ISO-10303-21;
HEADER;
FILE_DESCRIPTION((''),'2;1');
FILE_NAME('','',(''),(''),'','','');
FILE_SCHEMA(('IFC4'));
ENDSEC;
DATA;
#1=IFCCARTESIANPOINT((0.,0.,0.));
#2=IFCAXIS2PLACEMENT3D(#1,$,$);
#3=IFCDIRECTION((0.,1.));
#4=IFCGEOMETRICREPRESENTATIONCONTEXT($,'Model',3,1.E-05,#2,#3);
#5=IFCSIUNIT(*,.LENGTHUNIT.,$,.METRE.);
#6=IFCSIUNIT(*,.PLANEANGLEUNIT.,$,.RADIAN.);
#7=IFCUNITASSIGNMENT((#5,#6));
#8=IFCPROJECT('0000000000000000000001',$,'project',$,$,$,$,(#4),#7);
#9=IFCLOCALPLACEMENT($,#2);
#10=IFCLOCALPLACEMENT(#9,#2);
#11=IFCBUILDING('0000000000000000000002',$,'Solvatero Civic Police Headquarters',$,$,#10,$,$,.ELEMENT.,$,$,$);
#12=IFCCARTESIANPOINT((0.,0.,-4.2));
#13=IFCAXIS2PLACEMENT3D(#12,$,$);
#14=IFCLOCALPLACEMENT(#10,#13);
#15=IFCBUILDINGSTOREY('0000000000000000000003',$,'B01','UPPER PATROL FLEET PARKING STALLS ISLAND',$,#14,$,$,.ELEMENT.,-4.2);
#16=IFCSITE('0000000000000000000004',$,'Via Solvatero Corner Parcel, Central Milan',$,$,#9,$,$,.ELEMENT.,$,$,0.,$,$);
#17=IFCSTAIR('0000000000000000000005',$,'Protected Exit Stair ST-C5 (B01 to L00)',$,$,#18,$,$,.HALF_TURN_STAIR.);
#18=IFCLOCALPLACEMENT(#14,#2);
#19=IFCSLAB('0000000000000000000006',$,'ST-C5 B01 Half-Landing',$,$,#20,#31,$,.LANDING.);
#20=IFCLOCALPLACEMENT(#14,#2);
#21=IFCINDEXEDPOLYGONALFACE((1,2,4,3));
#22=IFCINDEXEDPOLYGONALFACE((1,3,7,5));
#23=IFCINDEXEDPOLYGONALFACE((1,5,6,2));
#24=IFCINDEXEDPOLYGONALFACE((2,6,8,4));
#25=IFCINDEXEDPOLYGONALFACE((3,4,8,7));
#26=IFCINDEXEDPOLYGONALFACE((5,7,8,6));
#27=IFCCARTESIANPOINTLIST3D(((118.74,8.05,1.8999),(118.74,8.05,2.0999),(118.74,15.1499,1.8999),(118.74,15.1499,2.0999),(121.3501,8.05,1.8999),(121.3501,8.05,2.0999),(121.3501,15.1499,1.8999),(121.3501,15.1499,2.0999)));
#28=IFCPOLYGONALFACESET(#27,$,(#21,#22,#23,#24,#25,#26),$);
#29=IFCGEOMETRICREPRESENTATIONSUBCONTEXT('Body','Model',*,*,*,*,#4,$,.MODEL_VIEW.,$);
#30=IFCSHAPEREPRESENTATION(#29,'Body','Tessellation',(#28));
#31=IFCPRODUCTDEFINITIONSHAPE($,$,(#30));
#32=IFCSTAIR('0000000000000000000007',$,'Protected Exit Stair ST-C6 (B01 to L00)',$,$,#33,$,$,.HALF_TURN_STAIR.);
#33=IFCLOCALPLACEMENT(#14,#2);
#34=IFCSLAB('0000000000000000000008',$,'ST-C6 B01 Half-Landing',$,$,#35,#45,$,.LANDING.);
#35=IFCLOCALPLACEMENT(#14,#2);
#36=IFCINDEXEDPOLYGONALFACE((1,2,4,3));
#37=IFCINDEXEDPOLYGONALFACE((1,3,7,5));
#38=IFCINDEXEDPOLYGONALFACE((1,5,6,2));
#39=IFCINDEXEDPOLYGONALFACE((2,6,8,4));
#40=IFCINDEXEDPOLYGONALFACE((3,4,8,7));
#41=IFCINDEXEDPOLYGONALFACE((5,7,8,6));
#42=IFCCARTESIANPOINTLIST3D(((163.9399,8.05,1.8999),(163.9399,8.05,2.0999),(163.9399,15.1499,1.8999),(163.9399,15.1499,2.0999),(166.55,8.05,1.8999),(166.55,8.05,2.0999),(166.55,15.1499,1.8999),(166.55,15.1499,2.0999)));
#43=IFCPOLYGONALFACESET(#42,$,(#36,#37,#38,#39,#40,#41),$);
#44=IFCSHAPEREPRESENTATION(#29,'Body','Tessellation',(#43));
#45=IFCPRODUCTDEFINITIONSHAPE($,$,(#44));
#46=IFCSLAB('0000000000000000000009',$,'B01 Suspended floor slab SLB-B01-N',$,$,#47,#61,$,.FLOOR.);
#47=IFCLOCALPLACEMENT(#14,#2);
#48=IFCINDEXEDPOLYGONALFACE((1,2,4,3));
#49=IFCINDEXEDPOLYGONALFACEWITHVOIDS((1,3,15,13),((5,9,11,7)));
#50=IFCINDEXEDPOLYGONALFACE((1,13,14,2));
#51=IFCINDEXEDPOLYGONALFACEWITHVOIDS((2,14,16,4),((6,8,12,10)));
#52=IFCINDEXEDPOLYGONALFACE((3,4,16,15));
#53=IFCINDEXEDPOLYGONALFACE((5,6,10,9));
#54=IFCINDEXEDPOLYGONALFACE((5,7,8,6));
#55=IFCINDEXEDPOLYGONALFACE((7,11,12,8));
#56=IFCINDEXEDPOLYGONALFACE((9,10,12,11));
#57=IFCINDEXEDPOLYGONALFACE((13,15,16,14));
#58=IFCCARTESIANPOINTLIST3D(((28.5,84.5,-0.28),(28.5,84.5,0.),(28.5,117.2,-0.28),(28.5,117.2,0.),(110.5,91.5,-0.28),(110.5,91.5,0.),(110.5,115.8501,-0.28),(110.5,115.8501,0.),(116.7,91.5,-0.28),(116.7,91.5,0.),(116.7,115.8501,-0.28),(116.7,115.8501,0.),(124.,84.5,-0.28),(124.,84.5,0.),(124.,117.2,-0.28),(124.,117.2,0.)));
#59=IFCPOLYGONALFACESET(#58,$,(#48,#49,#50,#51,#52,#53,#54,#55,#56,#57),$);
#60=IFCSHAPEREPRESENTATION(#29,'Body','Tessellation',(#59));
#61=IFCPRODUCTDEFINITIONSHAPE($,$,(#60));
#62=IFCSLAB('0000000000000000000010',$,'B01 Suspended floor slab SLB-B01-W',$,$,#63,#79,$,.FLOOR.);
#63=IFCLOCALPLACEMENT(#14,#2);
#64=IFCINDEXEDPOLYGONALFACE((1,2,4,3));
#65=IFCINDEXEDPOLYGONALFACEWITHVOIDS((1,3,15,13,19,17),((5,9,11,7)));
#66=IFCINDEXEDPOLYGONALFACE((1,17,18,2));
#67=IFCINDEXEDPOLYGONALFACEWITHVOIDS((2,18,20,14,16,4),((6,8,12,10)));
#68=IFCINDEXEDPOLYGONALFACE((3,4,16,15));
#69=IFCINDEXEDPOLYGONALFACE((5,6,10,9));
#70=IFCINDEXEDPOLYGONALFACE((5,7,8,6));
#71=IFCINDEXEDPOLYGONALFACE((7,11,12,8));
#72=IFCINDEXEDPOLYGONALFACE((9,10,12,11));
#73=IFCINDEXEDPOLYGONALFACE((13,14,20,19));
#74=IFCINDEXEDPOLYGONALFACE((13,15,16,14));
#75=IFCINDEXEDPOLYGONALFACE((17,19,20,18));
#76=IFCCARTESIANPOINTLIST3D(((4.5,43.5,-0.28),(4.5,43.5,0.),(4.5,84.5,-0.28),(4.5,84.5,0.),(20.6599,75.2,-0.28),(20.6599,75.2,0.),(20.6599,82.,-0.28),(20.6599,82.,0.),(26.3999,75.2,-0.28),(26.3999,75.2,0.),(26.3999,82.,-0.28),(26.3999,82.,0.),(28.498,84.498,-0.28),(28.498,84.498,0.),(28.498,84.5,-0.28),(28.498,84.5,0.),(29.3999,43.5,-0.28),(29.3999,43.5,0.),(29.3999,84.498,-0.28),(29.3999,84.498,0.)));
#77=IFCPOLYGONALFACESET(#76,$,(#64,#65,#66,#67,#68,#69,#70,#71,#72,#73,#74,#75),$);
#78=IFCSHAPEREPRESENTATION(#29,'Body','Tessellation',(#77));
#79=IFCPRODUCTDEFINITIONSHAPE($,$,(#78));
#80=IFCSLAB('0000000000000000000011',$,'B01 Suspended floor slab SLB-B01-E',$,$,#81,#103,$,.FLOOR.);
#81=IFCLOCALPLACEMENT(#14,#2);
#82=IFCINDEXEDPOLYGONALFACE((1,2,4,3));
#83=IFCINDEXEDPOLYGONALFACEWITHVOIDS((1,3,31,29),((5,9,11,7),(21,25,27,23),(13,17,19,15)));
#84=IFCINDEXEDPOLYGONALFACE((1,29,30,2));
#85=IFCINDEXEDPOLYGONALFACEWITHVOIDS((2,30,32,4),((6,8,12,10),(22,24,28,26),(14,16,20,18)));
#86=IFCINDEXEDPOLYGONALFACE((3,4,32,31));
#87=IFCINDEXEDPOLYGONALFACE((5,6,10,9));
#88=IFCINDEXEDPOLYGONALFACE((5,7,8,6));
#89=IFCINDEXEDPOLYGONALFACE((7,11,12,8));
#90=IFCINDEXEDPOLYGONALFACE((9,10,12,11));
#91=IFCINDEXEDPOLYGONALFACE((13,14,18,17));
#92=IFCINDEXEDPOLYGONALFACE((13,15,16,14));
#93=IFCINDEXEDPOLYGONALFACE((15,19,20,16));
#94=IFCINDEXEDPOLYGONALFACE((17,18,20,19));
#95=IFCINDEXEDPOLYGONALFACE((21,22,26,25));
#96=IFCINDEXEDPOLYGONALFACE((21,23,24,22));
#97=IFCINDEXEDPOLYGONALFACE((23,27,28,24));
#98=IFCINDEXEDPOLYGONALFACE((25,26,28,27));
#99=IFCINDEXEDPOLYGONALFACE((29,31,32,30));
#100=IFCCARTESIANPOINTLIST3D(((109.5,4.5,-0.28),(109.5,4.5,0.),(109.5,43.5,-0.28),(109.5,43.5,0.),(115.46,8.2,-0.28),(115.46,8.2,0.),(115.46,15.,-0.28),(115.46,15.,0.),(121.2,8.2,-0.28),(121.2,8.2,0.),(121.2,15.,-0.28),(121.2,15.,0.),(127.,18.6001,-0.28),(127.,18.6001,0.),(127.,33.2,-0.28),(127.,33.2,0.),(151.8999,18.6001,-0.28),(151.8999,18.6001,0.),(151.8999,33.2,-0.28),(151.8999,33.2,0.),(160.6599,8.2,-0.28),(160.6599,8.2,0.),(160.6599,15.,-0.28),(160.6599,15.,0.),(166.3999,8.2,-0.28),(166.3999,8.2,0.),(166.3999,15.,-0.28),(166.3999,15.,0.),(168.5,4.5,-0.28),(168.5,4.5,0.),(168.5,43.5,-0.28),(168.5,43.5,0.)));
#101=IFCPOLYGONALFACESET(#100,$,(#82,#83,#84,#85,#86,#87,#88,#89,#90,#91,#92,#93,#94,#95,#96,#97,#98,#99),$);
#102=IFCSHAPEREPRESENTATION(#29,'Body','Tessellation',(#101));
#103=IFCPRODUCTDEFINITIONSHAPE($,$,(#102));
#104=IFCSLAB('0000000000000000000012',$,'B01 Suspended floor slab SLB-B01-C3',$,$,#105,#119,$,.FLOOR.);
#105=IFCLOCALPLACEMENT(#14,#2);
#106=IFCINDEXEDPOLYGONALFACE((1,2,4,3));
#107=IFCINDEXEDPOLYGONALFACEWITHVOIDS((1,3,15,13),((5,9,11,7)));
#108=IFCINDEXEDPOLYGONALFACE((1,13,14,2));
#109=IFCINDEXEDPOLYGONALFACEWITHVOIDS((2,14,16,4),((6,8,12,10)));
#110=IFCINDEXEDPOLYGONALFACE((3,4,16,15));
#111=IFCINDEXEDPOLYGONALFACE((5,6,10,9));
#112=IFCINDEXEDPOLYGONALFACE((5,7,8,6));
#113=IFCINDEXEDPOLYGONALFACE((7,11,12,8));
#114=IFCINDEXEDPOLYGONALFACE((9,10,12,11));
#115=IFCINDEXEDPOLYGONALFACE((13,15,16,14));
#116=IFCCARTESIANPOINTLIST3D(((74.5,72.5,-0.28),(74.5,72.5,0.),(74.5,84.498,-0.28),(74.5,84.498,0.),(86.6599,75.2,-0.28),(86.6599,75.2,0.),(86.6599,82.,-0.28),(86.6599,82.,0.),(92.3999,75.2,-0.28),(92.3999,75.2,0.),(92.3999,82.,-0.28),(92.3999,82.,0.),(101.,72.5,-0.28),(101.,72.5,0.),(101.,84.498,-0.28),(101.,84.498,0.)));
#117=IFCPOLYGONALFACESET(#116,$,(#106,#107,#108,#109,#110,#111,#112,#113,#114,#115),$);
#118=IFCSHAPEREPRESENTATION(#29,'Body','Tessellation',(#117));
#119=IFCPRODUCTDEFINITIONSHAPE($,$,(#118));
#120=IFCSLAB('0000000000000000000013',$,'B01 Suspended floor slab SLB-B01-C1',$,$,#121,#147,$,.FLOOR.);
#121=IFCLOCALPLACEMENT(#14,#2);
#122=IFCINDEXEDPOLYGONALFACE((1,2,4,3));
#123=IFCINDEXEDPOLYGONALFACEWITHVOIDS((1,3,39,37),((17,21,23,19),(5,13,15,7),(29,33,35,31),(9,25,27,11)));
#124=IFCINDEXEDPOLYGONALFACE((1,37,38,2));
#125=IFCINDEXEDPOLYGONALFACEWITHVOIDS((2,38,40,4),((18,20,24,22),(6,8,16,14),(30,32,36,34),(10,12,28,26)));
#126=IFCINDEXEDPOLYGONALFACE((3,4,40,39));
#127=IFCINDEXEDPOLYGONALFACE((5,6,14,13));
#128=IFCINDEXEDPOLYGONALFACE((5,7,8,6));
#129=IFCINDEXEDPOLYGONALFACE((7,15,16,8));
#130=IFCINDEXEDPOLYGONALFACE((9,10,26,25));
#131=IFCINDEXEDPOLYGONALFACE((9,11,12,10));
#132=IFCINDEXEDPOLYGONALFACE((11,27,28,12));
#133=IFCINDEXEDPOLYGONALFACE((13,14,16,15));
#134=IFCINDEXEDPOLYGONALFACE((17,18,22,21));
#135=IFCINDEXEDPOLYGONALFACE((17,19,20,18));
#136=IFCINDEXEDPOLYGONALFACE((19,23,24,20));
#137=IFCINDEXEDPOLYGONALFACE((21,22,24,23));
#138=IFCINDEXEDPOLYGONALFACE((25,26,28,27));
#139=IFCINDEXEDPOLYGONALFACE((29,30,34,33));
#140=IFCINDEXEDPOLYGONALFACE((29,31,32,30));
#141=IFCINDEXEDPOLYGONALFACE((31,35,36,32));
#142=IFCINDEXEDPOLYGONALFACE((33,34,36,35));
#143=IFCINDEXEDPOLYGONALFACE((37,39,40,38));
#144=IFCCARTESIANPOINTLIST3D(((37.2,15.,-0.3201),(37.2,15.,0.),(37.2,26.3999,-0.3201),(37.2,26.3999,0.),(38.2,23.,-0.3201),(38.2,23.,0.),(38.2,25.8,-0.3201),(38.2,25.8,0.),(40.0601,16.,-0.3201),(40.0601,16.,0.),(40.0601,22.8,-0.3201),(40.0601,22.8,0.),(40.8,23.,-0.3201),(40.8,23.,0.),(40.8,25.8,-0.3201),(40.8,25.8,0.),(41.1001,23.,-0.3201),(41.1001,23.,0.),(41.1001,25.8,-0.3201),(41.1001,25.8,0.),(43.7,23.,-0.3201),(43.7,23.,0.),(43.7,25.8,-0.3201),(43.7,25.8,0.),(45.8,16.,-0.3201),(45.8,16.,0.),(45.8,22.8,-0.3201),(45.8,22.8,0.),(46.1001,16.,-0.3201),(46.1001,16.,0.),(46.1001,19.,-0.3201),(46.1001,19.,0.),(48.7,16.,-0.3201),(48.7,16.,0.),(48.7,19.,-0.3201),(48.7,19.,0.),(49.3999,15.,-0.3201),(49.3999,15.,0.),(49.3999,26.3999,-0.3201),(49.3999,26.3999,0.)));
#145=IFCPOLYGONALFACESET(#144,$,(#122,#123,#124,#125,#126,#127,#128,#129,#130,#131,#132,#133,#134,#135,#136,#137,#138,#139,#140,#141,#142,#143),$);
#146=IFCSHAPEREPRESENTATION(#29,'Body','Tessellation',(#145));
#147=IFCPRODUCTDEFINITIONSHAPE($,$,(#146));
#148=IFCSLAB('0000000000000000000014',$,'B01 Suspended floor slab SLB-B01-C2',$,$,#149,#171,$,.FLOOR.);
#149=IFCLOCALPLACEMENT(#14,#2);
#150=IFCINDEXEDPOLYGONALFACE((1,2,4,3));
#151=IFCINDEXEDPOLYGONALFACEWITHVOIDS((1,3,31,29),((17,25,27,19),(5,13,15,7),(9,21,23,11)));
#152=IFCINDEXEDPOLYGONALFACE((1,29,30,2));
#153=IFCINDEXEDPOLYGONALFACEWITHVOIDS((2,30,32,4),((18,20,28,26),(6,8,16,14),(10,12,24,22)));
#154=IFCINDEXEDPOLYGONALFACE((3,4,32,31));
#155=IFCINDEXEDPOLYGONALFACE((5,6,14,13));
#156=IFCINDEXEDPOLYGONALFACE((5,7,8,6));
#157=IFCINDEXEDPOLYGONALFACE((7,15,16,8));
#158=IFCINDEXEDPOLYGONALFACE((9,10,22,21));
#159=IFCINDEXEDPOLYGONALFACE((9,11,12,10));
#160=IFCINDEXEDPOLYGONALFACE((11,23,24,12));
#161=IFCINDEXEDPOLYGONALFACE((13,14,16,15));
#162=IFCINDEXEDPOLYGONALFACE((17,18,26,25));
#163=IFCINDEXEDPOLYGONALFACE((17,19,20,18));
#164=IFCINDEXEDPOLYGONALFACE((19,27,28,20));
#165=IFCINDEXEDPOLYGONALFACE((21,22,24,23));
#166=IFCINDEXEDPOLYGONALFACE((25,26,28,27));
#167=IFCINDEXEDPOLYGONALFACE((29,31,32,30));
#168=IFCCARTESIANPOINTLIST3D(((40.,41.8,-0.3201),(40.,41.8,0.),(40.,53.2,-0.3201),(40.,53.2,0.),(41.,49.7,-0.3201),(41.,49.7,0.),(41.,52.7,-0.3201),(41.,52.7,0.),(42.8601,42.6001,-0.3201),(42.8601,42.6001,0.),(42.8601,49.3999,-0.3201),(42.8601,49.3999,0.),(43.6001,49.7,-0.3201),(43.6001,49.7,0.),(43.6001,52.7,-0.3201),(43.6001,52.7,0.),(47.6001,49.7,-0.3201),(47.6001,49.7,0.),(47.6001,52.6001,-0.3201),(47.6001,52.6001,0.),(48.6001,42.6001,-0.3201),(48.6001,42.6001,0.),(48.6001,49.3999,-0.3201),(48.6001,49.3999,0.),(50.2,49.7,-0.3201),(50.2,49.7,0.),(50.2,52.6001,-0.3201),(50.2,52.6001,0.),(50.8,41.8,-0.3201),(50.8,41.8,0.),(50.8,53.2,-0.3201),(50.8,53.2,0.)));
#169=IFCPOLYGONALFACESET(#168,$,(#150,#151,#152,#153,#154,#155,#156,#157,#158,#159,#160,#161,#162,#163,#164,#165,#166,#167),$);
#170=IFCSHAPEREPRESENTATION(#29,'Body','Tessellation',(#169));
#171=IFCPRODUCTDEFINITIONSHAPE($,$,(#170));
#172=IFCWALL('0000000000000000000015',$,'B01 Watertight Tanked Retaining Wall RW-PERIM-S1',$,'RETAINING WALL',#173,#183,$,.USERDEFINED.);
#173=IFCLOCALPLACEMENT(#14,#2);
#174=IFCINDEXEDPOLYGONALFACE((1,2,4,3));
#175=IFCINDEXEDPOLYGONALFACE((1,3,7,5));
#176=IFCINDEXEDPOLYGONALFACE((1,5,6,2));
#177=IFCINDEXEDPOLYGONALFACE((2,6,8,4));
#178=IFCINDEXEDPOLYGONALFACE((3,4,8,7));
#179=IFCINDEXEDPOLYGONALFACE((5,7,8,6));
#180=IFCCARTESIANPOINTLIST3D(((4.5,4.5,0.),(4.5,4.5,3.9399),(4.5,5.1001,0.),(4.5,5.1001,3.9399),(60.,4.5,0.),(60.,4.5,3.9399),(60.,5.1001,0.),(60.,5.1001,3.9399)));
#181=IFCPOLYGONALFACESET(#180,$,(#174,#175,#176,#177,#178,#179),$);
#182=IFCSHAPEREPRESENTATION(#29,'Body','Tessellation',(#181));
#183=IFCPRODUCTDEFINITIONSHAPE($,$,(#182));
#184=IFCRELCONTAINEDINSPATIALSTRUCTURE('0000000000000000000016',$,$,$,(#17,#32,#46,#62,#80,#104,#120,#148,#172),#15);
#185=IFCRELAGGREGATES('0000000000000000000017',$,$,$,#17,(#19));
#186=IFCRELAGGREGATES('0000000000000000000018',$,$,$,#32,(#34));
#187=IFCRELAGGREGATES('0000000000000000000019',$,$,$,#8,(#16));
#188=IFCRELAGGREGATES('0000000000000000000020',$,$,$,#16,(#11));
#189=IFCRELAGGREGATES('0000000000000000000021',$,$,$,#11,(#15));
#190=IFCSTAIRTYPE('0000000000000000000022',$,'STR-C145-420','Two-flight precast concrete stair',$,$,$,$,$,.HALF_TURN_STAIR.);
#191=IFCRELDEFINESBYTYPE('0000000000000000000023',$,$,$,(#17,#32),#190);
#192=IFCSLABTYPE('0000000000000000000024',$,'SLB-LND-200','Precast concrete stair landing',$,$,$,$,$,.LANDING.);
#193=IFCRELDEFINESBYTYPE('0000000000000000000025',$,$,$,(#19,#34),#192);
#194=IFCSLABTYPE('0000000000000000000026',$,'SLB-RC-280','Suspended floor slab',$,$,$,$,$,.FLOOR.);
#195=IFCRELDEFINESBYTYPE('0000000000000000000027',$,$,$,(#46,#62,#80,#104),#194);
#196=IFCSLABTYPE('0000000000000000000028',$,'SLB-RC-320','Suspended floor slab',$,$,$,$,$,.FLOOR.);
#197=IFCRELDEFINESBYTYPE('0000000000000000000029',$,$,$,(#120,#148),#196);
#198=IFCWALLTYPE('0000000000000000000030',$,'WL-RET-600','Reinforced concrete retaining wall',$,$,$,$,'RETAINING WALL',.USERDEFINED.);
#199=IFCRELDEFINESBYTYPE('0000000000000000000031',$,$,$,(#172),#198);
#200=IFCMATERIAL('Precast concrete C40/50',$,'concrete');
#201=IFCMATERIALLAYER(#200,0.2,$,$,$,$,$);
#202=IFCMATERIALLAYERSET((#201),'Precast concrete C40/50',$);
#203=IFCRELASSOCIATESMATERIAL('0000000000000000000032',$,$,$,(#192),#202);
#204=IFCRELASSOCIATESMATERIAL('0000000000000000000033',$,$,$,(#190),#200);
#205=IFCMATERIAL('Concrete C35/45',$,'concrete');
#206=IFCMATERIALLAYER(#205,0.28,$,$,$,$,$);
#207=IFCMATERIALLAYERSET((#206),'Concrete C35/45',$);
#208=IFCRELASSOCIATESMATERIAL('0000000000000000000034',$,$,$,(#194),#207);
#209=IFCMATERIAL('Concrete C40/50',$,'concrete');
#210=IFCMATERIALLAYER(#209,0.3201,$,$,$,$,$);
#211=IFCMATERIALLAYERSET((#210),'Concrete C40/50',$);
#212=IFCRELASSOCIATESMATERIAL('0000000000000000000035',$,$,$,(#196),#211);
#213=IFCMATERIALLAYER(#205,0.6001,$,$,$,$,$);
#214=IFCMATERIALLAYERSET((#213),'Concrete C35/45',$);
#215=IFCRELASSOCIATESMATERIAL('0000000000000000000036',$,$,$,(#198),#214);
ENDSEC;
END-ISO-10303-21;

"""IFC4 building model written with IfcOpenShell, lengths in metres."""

from ifc_helpers import new_model, si_unit, direction, frame, frame_2d, origin, place, context, subcontext, project, spatial, polyline, rectangle, outline, extrude, material, layer, layer_set, type_object, element, aggregate, save


model = new_model("IFC4")

# Units and contexts
model_context = context("Model", 3, precision=1e-05, world=origin(), true_north=direction((0.0, 1.0)))
body_context = subcontext(model_context, "Body", "Model", "MODEL_VIEW")
ifc_project = project(units=[si_unit("LENGTHUNIT", "METRE"), si_unit("PLANEANGLEUNIT", "RADIAN")], contexts=[model_context])

# Site, building, storey
site_placement = place(None, origin())
site = spatial("IfcSite", under=ifc_project, at=site_placement, Name="Via Solvatero Corner Parcel, Central Milan", CompositionType="ELEMENT", RefElevation=0.0)
building_placement = place(site_placement, origin())
building = spatial("IfcBuilding", under=site, at=building_placement, Name="Solvatero Civic Police Headquarters", CompositionType="ELEMENT")
storey_placement = place(building_placement, frame((0.0, 0.0, -4.2)))
storey = spatial("IfcBuildingStorey", under=building, at=storey_placement, Name="B01", Description="UPPER PATROL FLEET PARKING STALLS ISLAND", CompositionType="ELEMENT", Elevation=-4.2)

# Shared definitions
ifc_material_1 = material(Name="Concrete C40/50", Category="concrete")

# Stairs, slabs
ifc_material_2 = material(Name="Precast concrete C40/50", Category="concrete")
ifc_layer_1 = layer(ifc_material_2, 0.2)
ifc_layer_set_1 = layer_set([ifc_layer_1], Name="Precast concrete C40/50")
slab_type_1 = type_object("IfcSlabType", Name="SLB-LND-200", Description="Precast concrete stair landing", PredefinedType="LANDING", material=ifc_layer_set_1)
stair_type_1 = type_object("IfcStairType", Name="STR-C145-420", Description="Two-flight precast concrete stair", PredefinedType="HALF_TURN_STAIR", material=ifc_material_2)
stair_1_placement = place(storey_placement, origin())
stair_1 = element("IfcStair", 1, at=stair_1_placement, inside=storey, type_object=stair_type_1, Name="Protected Exit Stair ST-C5 (B01 to L00)", PredefinedType="HALF_TURN_STAIR")
slab_1_placement = place(storey_placement, frame((0.0, 0.0, 1.8999)))
slab_1 = element("IfcSlab", 2, at=slab_1_placement, type_object=slab_type_1, Name="ST-C5 B01 Half-Landing", PredefinedType="LANDING", context=body_context, shape_type="SweptSolid", body=[
    extrude(outline(polyline([(118.74, 8.05), (121.3501, 8.05), (121.3501, 15.1499), (118.74, 15.1499), (118.74, 8.05)])), origin(), (0.0, 0.0, 1.0), 0.2),
])
aggregate(stair_1, [slab_1])
stair_2_placement = place(storey_placement, origin())
stair_2 = element("IfcStair", 3, at=stair_2_placement, inside=storey, type_object=stair_type_1, Name="Protected Exit Stair ST-C6 (B01 to L00)", PredefinedType="HALF_TURN_STAIR")
slab_2_placement = place(storey_placement, frame((0.0, 0.0, 1.8999)))
slab_2 = element("IfcSlab", 4, at=slab_2_placement, type_object=slab_type_1, Name="ST-C6 B01 Half-Landing", PredefinedType="LANDING", context=body_context, shape_type="SweptSolid", body=[
    extrude(outline(polyline([(163.9399, 8.05), (166.55, 8.05), (166.55, 15.1499), (163.9399, 15.1499), (163.9399, 8.05)])), origin(), (0.0, 0.0, 1.0), 0.2),
])
aggregate(stair_2, [slab_2])

# Slabs
ifc_material_3 = material(Name="Concrete C35/45", Category="concrete")
ifc_layer_2 = layer(ifc_material_3, 0.28)
ifc_layer_set_2 = layer_set([ifc_layer_2], Name="Concrete C35/45")
slab_type_2 = type_object("IfcSlabType", Name="SLB-RC-280", Description="Suspended floor slab", PredefinedType="FLOOR", material=ifc_layer_set_2)
slab_3_placement = place(storey_placement, frame((0.0, 0.0, -0.28)))
element("IfcSlab", 5, at=slab_3_placement, inside=storey, type_object=slab_type_2, Name="B01 Suspended floor slab SLB-B01-N", PredefinedType="FLOOR", context=body_context, shape_type="SweptSolid", body=[
    extrude(outline(polyline([(28.5, 84.5), (28.5, 117.2), (124.0, 117.2), (124.0, 84.5), (28.5, 84.5)]), holes=[polyline([(116.7, 91.5), (116.7, 115.8501), (110.5, 115.8501), (110.5, 91.5), (116.7, 91.5)])]), origin(), (0.0, 0.0, 1.0), 0.28),
])
slab_4_placement = place(storey_placement, frame((0.0, 0.0, -0.28)))
element("IfcSlab", 6, at=slab_4_placement, inside=storey, type_object=slab_type_2, Name="B01 Suspended floor slab SLB-B01-W", PredefinedType="FLOOR", context=body_context, shape_type="SweptSolid", body=[
    extrude(outline(polyline([(4.5, 84.5), (28.498, 84.5), (28.498, 84.498), (29.3999, 84.498), (29.3999, 43.5), (4.5, 43.5), (4.5, 84.5)]), holes=[polyline([(20.6599, 82.0), (20.6599, 75.2), (26.3999, 75.2), (26.3999, 82.0), (20.6599, 82.0)])]), origin(), (0.0, 0.0, 1.0), 0.28),
])
slab_5_placement = place(storey_placement, frame((0.0, 0.0, -0.28)))
element("IfcSlab", 7, at=slab_5_placement, inside=storey, type_object=slab_type_2, Name="B01 Suspended floor slab SLB-B01-E", PredefinedType="FLOOR", context=body_context, shape_type="SweptSolid", body=[
    extrude(outline(polyline([(109.5, 43.5), (168.5, 43.5), (168.5, 4.5), (109.5, 4.5), (109.5, 43.5)]), holes=[polyline([(121.2, 15.0), (115.46, 15.0), (115.46, 8.2), (121.2, 8.2), (121.2, 15.0)]), polyline([(166.3999, 15.0), (160.6599, 15.0), (160.6599, 8.2), (166.3999, 8.2), (166.3999, 15.0)]), polyline([(151.8999, 33.2), (127.0, 33.2), (127.0, 18.6001), (151.8999, 18.6001), (151.8999, 33.2)])]), origin(), (0.0, 0.0, 1.0), 0.28),
])
slab_6_placement = place(storey_placement, frame((0.0, 0.0, -0.28)))
element("IfcSlab", 8, at=slab_6_placement, inside=storey, type_object=slab_type_2, Name="B01 Suspended floor slab SLB-B01-C3", PredefinedType="FLOOR", context=body_context, shape_type="SweptSolid", body=[
    extrude(outline(polyline([(74.5, 84.498), (101.0, 84.498), (101.0, 72.5), (74.5, 72.5), (74.5, 84.498)]), holes=[polyline([(92.3999, 82.0), (86.6599, 82.0), (86.6599, 75.2), (92.3999, 75.2), (92.3999, 82.0)])]), origin(), (0.0, 0.0, 1.0), 0.28),
])
ifc_layer_3 = layer(ifc_material_1, 0.3201)
ifc_layer_set_3 = layer_set([ifc_layer_3], Name="Concrete C40/50")
slab_type_3 = type_object("IfcSlabType", Name="SLB-RC-320", Description="Suspended floor slab", PredefinedType="FLOOR", material=ifc_layer_set_3)
slab_7_placement = place(storey_placement, frame((0.0, 0.0, -0.3201)))
element("IfcSlab", 9, at=slab_7_placement, inside=storey, type_object=slab_type_3, Name="B01 Suspended floor slab SLB-B01-C1", PredefinedType="FLOOR", context=body_context, shape_type="SweptSolid", body=[
    extrude(outline(polyline([(37.2, 26.3999), (49.3999, 26.3999), (49.3999, 15.0), (37.2, 15.0), (37.2, 26.3999)]), holes=[polyline([(46.1001, 19.0), (46.1001, 16.0), (48.7, 16.0), (48.7, 19.0), (46.1001, 19.0)]), polyline([(45.8, 22.8), (40.0601, 22.8), (40.0601, 16.0), (45.8, 16.0), (45.8, 22.8)]), polyline([(40.8, 25.8), (38.2, 25.8), (38.2, 23.0), (40.8, 23.0), (40.8, 25.8)]), polyline([(41.1001, 25.8), (41.1001, 23.0), (43.7, 23.0), (43.7, 25.8), (41.1001, 25.8)])]), origin(), (0.0, 0.0, 1.0), 0.3201),
])
slab_8_placement = place(storey_placement, frame((0.0, 0.0, -0.3201)))
element("IfcSlab", 10, at=slab_8_placement, inside=storey, type_object=slab_type_3, Name="B01 Suspended floor slab SLB-B01-C2", PredefinedType="FLOOR", context=body_context, shape_type="SweptSolid", body=[
    extrude(outline(polyline([(40.0, 53.2), (50.8, 53.2), (50.8, 41.8), (40.0, 41.8), (40.0, 53.2)]), holes=[polyline([(48.6001, 49.3999), (42.8601, 49.3999), (42.8601, 42.6001), (48.6001, 42.6001), (48.6001, 49.3999)]), polyline([(43.6001, 52.7), (41.0, 52.7), (41.0, 49.7), (43.6001, 49.7), (43.6001, 52.7)]), polyline([(50.2, 52.6001), (47.6001, 52.6001), (47.6001, 49.7), (50.2, 49.7), (50.2, 52.6001)])]), origin(), (0.0, 0.0, 1.0), 0.3201),
])

# Wall
ifc_layer_4 = layer(ifc_material_3, 0.6001)
ifc_layer_set_4 = layer_set([ifc_layer_4], Name="Concrete C35/45")
wall_type = type_object("IfcWallType", Name="WL-RET-600", Description="Reinforced concrete retaining wall", ElementType="RETAINING WALL", PredefinedType="USERDEFINED", material=ifc_layer_set_4)
wall_1_placement = place(storey_placement, frame((4.5, 4.8, 0.0), z_axis=(0.0, 0.0, 1.0), x_axis=(1.0, 0.0, 0.0)))
element("IfcWall", 11, at=wall_1_placement, inside=storey, type_object=wall_type, Name="B01 Watertight Tanked Retaining Wall RW-PERIM-S1", ObjectType="RETAINING WALL", PredefinedType="USERDEFINED", context=body_context, shape_type="SweptSolid", body=[
    extrude(rectangle(XDim=55.5, YDim=0.6001, at=frame_2d((27.75, 0.0))), origin(), (0.0, 0.0, 1.0), 3.9399),
])

save(model, "model.ifc")
